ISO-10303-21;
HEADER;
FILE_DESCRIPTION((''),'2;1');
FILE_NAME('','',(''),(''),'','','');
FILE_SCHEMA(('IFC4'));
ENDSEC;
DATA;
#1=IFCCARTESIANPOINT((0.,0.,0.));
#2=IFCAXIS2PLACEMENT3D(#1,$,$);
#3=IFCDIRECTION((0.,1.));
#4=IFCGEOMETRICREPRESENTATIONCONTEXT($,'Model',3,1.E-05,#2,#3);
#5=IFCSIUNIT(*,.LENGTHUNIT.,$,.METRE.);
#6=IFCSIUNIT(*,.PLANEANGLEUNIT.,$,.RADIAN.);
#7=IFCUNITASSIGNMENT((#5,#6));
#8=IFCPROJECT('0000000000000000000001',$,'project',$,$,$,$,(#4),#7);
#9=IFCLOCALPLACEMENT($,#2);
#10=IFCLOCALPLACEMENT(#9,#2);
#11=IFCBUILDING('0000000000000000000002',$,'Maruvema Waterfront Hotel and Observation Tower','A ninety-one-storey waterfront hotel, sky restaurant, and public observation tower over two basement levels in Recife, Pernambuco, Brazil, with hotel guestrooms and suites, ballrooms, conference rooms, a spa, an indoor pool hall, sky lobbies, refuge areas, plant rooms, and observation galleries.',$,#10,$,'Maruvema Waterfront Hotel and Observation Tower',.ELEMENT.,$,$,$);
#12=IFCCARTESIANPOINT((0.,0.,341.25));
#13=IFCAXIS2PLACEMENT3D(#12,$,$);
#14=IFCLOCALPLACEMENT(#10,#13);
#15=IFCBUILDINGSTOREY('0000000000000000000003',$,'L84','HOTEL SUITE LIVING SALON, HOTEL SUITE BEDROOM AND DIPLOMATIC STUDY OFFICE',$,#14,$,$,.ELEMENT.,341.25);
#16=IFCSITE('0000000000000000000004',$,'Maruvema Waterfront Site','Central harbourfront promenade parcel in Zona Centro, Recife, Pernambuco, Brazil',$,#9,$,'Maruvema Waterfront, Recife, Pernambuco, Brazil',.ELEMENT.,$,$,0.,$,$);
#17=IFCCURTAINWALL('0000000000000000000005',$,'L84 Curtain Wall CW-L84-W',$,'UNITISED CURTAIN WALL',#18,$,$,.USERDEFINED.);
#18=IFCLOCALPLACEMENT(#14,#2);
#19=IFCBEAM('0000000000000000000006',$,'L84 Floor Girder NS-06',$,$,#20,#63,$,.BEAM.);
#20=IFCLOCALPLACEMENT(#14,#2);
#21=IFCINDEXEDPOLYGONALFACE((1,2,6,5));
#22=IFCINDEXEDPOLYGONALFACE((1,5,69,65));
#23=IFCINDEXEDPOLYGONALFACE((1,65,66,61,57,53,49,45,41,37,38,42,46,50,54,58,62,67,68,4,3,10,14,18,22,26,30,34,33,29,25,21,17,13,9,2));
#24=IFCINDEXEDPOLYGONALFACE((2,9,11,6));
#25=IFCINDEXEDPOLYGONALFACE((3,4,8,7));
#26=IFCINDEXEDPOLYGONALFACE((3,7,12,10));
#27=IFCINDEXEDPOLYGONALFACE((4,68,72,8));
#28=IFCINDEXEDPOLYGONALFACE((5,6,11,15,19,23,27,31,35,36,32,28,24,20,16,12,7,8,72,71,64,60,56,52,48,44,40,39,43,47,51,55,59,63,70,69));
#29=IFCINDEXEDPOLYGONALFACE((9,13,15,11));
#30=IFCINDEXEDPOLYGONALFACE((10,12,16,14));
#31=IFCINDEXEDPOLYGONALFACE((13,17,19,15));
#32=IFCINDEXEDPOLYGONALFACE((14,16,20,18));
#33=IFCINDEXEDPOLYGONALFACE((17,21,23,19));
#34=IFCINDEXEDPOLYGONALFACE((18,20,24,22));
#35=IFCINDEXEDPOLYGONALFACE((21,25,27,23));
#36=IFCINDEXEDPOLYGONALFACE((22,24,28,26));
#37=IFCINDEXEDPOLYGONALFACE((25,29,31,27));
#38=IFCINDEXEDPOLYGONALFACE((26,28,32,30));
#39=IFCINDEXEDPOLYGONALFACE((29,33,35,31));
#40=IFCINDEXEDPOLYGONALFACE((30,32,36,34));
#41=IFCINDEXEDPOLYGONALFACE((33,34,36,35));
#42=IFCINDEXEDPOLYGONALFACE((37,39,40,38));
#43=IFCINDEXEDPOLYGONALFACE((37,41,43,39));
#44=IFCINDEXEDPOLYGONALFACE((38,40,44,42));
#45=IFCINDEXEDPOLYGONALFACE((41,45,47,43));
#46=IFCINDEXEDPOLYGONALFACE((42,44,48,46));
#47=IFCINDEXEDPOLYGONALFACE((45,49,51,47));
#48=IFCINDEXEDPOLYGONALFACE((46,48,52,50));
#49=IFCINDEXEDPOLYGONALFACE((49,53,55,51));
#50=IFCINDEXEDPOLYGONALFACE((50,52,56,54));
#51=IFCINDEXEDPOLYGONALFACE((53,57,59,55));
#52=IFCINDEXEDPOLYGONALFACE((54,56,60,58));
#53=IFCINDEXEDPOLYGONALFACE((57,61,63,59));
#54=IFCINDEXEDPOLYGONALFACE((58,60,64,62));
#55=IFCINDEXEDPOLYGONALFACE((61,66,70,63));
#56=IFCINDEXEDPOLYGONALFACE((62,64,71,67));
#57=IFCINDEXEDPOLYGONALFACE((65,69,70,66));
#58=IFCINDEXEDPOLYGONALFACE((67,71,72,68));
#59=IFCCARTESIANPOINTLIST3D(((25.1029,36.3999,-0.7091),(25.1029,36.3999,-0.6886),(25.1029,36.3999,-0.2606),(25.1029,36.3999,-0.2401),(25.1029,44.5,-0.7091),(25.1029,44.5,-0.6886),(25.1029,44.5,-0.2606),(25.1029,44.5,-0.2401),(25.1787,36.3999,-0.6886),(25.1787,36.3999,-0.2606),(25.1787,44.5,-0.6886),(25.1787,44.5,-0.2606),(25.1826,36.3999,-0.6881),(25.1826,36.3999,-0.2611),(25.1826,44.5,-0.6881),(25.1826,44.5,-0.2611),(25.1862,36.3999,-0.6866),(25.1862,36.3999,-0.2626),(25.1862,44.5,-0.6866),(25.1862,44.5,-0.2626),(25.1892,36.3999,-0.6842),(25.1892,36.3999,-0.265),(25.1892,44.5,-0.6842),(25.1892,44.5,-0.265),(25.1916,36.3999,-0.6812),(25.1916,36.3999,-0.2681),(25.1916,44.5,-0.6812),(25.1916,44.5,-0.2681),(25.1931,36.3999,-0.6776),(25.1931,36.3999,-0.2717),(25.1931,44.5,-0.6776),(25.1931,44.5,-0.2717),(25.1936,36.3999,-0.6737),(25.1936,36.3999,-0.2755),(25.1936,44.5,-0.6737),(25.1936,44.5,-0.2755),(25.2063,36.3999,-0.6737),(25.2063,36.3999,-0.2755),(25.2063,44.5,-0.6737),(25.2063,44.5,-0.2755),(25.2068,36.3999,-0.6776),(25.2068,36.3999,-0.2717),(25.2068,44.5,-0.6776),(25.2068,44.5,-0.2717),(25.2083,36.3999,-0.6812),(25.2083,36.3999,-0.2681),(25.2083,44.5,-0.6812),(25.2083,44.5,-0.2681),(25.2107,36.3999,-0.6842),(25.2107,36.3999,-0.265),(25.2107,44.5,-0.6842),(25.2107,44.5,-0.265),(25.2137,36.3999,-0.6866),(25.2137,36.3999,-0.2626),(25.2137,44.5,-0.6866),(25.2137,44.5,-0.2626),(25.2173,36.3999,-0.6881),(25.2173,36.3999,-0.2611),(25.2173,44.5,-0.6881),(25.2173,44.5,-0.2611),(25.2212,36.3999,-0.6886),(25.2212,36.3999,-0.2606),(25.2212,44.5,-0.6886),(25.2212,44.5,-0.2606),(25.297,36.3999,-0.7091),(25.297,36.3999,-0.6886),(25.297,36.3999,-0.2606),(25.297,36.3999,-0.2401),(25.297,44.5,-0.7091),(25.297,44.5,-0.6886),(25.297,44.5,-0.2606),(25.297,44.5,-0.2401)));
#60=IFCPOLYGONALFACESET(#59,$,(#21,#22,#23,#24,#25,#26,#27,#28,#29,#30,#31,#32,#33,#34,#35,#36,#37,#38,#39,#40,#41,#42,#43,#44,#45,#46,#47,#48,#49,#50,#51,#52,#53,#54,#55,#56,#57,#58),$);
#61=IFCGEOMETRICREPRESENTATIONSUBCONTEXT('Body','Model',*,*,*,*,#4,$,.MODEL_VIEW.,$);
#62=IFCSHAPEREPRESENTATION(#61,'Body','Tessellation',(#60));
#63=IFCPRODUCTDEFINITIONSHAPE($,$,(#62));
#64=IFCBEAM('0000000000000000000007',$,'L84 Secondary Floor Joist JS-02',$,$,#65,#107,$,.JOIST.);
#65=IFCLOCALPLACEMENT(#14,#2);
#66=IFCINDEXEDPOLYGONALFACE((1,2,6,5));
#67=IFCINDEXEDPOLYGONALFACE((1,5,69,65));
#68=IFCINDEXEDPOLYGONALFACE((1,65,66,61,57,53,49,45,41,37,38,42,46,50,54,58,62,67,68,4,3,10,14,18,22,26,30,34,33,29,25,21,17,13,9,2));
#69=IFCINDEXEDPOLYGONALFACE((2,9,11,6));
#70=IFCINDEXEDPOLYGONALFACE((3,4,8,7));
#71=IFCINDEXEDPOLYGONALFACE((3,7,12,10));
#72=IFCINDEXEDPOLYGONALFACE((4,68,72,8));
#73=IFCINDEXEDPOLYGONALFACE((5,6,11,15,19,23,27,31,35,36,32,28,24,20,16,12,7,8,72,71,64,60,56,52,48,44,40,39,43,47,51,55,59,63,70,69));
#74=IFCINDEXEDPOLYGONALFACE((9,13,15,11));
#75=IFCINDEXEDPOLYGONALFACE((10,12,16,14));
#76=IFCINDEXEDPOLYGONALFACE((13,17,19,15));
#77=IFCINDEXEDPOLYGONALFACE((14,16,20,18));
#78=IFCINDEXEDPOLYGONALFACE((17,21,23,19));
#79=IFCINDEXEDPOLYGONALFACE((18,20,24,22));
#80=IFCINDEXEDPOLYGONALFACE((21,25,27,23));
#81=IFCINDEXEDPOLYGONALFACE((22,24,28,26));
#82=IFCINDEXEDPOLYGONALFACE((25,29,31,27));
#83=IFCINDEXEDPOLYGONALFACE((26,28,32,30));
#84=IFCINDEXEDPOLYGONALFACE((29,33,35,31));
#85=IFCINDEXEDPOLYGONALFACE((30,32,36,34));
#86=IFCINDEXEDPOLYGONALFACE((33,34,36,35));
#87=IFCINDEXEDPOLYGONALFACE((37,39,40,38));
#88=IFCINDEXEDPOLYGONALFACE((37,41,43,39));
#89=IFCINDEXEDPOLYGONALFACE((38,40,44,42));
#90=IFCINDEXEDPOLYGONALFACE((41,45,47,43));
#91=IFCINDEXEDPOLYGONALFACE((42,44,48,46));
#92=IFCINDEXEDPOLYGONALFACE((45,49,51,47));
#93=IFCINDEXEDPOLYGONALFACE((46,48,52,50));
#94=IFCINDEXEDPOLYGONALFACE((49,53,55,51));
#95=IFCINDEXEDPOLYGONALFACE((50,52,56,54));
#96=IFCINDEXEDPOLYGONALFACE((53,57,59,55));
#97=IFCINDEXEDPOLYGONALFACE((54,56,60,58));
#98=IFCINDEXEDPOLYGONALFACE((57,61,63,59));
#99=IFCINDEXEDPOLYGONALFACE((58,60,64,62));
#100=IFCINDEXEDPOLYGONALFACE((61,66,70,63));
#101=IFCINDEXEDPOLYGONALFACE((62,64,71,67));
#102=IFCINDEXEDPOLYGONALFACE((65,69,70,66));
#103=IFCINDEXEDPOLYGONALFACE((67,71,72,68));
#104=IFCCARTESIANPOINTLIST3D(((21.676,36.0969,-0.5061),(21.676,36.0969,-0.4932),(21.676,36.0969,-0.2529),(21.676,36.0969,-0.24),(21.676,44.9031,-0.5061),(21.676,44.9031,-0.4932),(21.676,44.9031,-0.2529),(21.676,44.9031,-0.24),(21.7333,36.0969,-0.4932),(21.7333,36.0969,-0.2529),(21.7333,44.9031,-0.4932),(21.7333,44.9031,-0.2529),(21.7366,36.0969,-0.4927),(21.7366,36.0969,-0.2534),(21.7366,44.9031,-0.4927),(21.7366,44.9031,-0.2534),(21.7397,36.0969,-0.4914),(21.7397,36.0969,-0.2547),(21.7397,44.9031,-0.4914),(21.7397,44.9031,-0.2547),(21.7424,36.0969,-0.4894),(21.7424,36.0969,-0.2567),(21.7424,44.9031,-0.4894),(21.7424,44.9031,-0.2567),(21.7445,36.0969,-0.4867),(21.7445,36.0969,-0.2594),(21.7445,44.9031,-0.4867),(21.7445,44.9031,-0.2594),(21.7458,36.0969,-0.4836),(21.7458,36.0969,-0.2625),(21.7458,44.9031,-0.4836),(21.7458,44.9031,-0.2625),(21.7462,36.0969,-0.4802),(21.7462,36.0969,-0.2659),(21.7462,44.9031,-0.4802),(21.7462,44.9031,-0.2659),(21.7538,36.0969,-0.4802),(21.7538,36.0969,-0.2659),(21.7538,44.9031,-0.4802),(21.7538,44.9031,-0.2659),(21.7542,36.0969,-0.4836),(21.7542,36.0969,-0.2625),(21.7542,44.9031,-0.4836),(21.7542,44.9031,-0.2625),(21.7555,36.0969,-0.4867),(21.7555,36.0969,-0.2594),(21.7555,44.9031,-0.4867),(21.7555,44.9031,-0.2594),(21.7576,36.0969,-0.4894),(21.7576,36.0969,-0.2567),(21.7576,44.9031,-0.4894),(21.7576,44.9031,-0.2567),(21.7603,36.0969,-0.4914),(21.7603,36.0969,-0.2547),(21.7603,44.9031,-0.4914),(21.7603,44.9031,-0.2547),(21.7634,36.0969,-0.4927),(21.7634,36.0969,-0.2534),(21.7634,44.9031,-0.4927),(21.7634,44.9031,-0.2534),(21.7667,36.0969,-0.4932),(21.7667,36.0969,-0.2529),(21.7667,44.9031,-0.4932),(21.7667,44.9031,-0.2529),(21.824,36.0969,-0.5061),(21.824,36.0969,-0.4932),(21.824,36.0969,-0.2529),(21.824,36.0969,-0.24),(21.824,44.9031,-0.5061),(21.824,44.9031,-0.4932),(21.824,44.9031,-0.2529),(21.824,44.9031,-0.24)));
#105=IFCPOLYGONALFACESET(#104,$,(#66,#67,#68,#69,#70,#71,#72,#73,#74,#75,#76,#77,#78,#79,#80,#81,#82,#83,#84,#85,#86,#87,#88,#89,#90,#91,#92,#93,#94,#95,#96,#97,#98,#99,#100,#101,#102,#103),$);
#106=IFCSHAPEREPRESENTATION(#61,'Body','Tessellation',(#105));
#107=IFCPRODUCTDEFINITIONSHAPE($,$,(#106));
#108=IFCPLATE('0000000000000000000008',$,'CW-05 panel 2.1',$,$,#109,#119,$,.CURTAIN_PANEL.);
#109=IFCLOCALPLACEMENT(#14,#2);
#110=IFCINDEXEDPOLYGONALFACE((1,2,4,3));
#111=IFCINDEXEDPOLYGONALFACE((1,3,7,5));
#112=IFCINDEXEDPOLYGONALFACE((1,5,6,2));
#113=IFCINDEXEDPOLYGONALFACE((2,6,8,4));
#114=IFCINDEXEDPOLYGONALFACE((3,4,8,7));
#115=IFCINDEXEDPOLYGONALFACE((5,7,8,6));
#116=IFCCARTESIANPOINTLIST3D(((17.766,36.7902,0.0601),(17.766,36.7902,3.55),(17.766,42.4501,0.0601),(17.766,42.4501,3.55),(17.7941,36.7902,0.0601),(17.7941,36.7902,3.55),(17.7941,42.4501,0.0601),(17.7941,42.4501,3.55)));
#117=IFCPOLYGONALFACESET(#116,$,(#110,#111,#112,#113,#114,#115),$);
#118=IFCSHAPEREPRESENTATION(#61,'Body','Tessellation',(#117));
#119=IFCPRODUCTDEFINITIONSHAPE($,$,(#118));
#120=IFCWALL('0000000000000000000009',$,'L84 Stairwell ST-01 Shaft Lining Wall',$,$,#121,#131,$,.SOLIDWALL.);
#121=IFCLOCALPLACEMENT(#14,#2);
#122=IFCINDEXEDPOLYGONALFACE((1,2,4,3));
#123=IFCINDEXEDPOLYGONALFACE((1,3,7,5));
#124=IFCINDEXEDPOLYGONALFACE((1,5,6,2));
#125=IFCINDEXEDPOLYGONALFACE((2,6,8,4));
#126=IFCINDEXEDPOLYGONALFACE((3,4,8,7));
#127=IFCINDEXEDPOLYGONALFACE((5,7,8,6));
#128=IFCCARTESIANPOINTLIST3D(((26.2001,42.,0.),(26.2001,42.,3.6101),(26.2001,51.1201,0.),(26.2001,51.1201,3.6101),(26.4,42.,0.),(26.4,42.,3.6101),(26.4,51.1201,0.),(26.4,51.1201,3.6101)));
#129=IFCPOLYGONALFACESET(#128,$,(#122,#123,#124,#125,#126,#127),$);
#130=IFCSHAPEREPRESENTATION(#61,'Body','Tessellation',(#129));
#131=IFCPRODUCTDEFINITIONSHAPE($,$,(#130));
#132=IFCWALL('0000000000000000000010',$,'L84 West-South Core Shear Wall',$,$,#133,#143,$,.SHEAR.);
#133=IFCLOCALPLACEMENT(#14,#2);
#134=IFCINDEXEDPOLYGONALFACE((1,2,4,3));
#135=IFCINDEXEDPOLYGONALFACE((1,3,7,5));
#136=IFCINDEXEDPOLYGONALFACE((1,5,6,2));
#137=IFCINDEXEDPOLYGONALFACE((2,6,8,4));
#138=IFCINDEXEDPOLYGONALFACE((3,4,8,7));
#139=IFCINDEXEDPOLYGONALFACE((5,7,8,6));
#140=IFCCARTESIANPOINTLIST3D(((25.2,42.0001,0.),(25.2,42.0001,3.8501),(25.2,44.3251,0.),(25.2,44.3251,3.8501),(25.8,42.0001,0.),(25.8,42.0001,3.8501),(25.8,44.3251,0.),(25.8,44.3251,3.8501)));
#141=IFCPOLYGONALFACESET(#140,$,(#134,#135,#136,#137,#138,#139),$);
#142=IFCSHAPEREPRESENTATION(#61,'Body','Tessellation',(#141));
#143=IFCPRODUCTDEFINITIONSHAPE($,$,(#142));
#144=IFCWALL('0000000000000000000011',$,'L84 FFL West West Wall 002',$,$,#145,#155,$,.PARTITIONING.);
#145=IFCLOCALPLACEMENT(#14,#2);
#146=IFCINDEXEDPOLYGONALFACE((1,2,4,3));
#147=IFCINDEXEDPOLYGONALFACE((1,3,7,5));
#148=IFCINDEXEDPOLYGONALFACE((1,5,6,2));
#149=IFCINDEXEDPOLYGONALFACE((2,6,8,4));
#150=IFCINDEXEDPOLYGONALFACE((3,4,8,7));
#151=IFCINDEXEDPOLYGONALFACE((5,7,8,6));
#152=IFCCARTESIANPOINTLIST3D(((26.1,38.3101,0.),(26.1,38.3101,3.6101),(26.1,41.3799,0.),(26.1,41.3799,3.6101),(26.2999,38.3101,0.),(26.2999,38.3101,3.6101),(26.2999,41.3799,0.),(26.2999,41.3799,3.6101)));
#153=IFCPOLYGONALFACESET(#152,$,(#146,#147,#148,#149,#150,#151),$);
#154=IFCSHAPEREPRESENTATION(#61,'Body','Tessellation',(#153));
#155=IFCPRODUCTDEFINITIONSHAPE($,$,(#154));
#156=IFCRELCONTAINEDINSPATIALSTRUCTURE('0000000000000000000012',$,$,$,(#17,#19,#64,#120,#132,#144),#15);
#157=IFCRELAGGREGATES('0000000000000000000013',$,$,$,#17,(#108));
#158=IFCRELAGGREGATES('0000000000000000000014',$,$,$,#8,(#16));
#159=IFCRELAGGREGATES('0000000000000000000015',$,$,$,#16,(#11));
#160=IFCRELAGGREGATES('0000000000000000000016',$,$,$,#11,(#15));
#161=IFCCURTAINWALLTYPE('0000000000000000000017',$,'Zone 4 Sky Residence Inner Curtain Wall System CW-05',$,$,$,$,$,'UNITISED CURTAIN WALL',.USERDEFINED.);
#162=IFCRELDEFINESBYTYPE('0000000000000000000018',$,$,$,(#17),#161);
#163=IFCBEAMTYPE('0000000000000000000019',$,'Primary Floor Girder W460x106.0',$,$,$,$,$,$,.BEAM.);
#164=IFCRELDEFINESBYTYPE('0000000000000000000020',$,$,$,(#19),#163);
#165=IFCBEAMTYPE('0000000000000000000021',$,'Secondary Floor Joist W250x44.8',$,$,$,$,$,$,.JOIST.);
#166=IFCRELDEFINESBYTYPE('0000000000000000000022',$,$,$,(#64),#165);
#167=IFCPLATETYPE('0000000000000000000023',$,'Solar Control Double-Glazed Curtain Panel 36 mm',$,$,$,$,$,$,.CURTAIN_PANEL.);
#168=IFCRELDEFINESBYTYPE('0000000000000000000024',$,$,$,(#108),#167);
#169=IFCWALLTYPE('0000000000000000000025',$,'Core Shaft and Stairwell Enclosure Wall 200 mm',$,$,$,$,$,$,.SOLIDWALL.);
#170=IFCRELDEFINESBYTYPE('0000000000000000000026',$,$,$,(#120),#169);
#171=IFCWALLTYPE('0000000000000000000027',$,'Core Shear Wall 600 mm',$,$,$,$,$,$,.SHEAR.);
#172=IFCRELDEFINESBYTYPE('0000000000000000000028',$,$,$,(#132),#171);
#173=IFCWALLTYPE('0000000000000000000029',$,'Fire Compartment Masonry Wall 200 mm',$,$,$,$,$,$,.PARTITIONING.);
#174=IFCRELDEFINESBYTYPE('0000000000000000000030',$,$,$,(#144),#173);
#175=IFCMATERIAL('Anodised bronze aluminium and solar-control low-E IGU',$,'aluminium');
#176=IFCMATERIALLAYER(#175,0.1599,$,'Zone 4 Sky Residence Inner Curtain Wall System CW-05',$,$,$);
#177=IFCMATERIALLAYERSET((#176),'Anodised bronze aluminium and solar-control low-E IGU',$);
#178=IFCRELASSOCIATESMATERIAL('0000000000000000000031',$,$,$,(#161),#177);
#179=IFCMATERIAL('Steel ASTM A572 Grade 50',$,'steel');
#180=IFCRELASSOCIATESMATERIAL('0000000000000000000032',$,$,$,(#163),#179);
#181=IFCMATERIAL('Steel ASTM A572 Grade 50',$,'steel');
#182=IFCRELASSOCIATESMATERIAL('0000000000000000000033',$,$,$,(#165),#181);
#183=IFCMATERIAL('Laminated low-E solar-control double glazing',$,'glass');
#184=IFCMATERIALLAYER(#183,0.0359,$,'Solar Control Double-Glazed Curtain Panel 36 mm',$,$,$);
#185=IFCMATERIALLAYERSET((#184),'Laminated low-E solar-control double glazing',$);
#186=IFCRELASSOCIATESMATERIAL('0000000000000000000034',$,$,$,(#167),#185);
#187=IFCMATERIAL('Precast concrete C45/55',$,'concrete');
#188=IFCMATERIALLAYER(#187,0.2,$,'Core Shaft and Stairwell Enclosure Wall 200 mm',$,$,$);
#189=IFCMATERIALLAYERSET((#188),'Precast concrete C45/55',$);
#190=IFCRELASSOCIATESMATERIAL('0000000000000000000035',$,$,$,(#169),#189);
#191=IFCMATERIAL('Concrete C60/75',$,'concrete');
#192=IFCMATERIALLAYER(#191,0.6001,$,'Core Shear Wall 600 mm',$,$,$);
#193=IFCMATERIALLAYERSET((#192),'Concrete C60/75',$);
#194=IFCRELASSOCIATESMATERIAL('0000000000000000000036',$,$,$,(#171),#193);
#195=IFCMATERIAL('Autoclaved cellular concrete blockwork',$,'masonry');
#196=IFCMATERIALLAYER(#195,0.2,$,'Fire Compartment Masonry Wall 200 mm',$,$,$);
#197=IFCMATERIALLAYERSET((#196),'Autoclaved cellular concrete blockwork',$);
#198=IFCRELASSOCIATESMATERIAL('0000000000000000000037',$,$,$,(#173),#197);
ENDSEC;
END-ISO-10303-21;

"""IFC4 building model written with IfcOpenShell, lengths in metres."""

from ifc_helpers import new_model, si_unit, direction, frame, frame_2d, origin, origin_2d, place, context, subcontext, project, spatial, rectangle, i_section, extrude, material, layer, layer_set, material_profile, profile_set, type_object, element, aggregate, save


model = new_model("IFC4")

# Units and contexts
model_context = context("Model", 3, precision=1e-05, world=origin(), true_north=direction((0.0, 1.0)))
body_context = subcontext(model_context, "Body", "Model", "MODEL_VIEW")
ifc_project = project(units=[si_unit("LENGTHUNIT", "METRE"), si_unit("PLANEANGLEUNIT", "RADIAN")], contexts=[model_context])

# Site, building, storey
site_placement = place(None, origin())
site = spatial("IfcSite", under=ifc_project, at=site_placement, Name="Maruvema Waterfront Site", Description="Central harbourfront promenade parcel in Zona Centro, Recife, Pernambuco, Brazil", LongName="Maruvema Waterfront, Recife, Pernambuco, Brazil", CompositionType="ELEMENT", RefElevation=0.0)
building_placement = place(site_placement, origin())
building = spatial("IfcBuilding", under=site, at=building_placement, Name="Maruvema Waterfront Hotel and Observation Tower", Description="A ninety-one-storey waterfront hotel, sky restaurant, and public observation tower over two basement levels in Recife, Pernambuco, Brazil, with hotel guestrooms and suites, ballrooms, conference rooms, a spa, an indoor pool hall, sky lobbies, refuge areas, plant rooms, and observation galleries.", LongName="Maruvema Waterfront Hotel and Observation Tower", CompositionType="ELEMENT")
storey_placement = place(building_placement, frame((0.0, 0.0, 341.25)))
storey = spatial("IfcBuildingStorey", under=building, at=storey_placement, Name="L84", Description="HOTEL SUITE LIVING SALON, HOTEL SUITE BEDROOM AND DIPLOMATIC STUDY OFFICE", CompositionType="ELEMENT", Elevation=341.25)

# Curtain wall
ifc_material_1 = material(Name="Anodised bronze aluminium and solar-control low-E IGU", Category="aluminium")
ifc_layer_1 = layer(ifc_material_1, 0.1599, Name="Zone 4 Sky Residence Inner Curtain Wall System CW-05")
ifc_layer_set_1 = layer_set([ifc_layer_1], Name="Anodised bronze aluminium and solar-control low-E IGU")
curtain_wall_type = type_object("IfcCurtainWallType", Name="Zone 4 Sky Residence Inner Curtain Wall System CW-05", ElementType="UNITISED CURTAIN WALL", PredefinedType="USERDEFINED", material=ifc_layer_set_1)
curtain_wall_placement = place(storey_placement, origin())
curtain_wall = element("IfcCurtainWall", 1, at=curtain_wall_placement, inside=storey, type_object=curtain_wall_type, Name="L84 Curtain Wall CW-L84-W", ObjectType="UNITISED CURTAIN WALL", PredefinedType="USERDEFINED")

# Beams
ifc_material_2 = material(Name="Steel ASTM A572 Grade 50", Category="steel")
ifc_material_profile_1 = material_profile(ifc_material_2, i_section(OverallWidth=0.1941, OverallDepth=0.469, WebThickness=0.0127, FlangeThickness=0.0205, FilletRadius=0.0149, at=origin_2d()), Name="W460x106.0")
ifc_profile_set_1 = profile_set([ifc_material_profile_1], Name="Steel ASTM A572 Grade 50")
beam_type_1 = type_object("IfcBeamType", Name="Primary Floor Girder W460x106.0", PredefinedType="BEAM", material=ifc_profile_set_1)
beam_1_placement = place(storey_placement, frame((25.2, 36.3999, -0.4746), z_axis=(0.0, 1.0, 0.0), x_axis=(-1.0, 0.0, 0.0)))
element("IfcBeam", 2, at=beam_1_placement, inside=storey, type_object=beam_type_1, Name="L84 Floor Girder NS-06", PredefinedType="BEAM", context=body_context, shape_type="SweptSolid", body=[
    extrude(i_section(OverallWidth=0.1941, OverallDepth=0.469, WebThickness=0.0127, FlangeThickness=0.0205, FilletRadius=0.0149, at=origin_2d()), origin(), (0.0, 0.0, 1.0), 8.1001),
])
ifc_material_3 = material(Name="Steel ASTM A572 Grade 50", Category="steel")
ifc_material_profile_2 = material_profile(ifc_material_3, i_section(OverallWidth=0.1479, OverallDepth=0.2661, WebThickness=0.0076, FlangeThickness=0.0129, FilletRadius=0.0129, at=origin_2d()), Name="W250x44.8")
ifc_profile_set_2 = profile_set([ifc_material_profile_2], Name="Steel ASTM A572 Grade 50")
beam_type_2 = type_object("IfcBeamType", Name="Secondary Floor Joist W250x44.8", PredefinedType="JOIST", material=ifc_profile_set_2)
beam_2_placement = place(storey_placement, frame((21.75, 36.0969, -0.373), z_axis=(0.0, 1.0, 0.0), x_axis=(-1.0, 0.0, 0.0)))
element("IfcBeam", 3, at=beam_2_placement, inside=storey, type_object=beam_type_2, Name="L84 Secondary Floor Joist JS-02", PredefinedType="JOIST", context=body_context, shape_type="SweptSolid", body=[
    extrude(i_section(OverallWidth=0.1479, OverallDepth=0.2661, WebThickness=0.0076, FlangeThickness=0.0129, FilletRadius=0.0129, at=origin_2d()), origin(), (0.0, 0.0, 1.0), 8.8062),
])

# Plate
ifc_material_4 = material(Name="Laminated low-E solar-control double glazing", Category="glass")
ifc_layer_2 = layer(ifc_material_4, 0.0359, Name="Solar Control Double-Glazed Curtain Panel 36 mm")
ifc_layer_set_2 = layer_set([ifc_layer_2], Name="Laminated low-E solar-control double glazing")
plate_type = type_object("IfcPlateType", Name="Solar Control Double-Glazed Curtain Panel 36 mm", PredefinedType="CURTAIN_PANEL", material=ifc_layer_set_2)
plate_placement = place(storey_placement, frame((17.78, 39.6201, 0.0601), z_axis=(0.0, 0.0, 1.0), x_axis=(0.0, -1.0, 0.0)))
plate = element("IfcPlate", 4, at=plate_placement, type_object=plate_type, Name="CW-05 panel 2.1", PredefinedType="CURTAIN_PANEL", context=body_context, shape_type="SweptSolid", body=[
    extrude(rectangle(XDim=5.6599, YDim=0.0281, at=origin_2d()), origin(), (0.0, 0.0, 1.0), 3.49),
])
aggregate(curtain_wall, [plate])

# Wall
ifc_material_5 = material(Name="Precast concrete C45/55", Category="concrete")
ifc_layer_3 = layer(ifc_material_5, 0.2, Name="Core Shaft and Stairwell Enclosure Wall 200 mm")
ifc_layer_set_3 = layer_set([ifc_layer_3], Name="Precast concrete C45/55")
wall_type_1 = type_object("IfcWallType", Name="Core Shaft and Stairwell Enclosure Wall 200 mm", PredefinedType="SOLIDWALL", material=ifc_layer_set_3)
wall_1_placement = place(storey_placement, frame((26.3, 42.0, 0.0), z_axis=(0.0, 0.0, 1.0), x_axis=(0.0, 1.0, 0.0)))
element("IfcWall", 5, at=wall_1_placement, inside=storey, type_object=wall_type_1, Name="L84 Stairwell ST-01 Shaft Lining Wall", PredefinedType="SOLIDWALL", context=body_context, shape_type="SweptSolid", body=[
    extrude(rectangle(XDim=9.1201, YDim=0.2, at=frame_2d((4.5601, 0.0))), origin(), (0.0, 0.0, 1.0), 3.6101),
])

# Shared definitions
ifc_material_6 = material(Name="Concrete C60/75", Category="concrete")
ifc_layer_4 = layer(ifc_material_6, 0.6001, Name="Core Shear Wall 600 mm")
ifc_layer_set_4 = layer_set([ifc_layer_4], Name="Concrete C60/75")
wall_type_2 = type_object("IfcWallType", Name="Core Shear Wall 600 mm", PredefinedType="SHEAR", material=ifc_layer_set_4)

# Wall
wall_2_placement = place(storey_placement, frame((25.5, 42.0, 0.0), z_axis=(0.0, 0.0, 1.0), x_axis=(0.0, 1.0, 0.0)))
element("IfcWall", 6, at=wall_2_placement, inside=storey, type_object=wall_type_2, Name="L84 West-South Core Shear Wall", PredefinedType="SHEAR", context=body_context, shape_type="SweptSolid", body=[
    extrude(rectangle(XDim=2.325, YDim=0.6001, at=frame_2d((1.1626, 0.0))), origin(), (0.0, 0.0, 1.0), 3.8501),
])

# Shared definitions
ifc_material_7 = material(Name="Autoclaved cellular concrete blockwork", Category="masonry")
ifc_layer_5 = layer(ifc_material_7, 0.2, Name="Fire Compartment Masonry Wall 200 mm")
ifc_layer_set_5 = layer_set([ifc_layer_5], Name="Autoclaved cellular concrete blockwork")
wall_type_3 = type_object("IfcWallType", Name="Fire Compartment Masonry Wall 200 mm", PredefinedType="PARTITIONING", material=ifc_layer_set_5)

# Wall
wall_3_placement = place(storey_placement, frame((26.2, 38.3101, 0.0), z_axis=(0.0, 0.0, 1.0), x_axis=(0.0, 1.0, 0.0)))
element("IfcWall", 7, at=wall_3_placement, inside=storey, type_object=wall_type_3, Name="L84 FFL West West Wall 002", PredefinedType="PARTITIONING", context=body_context, shape_type="SweptSolid", body=[
    extrude(rectangle(XDim=3.0698, YDim=0.2, at=frame_2d((1.5349, 0.0))), origin(), (0.0, 0.0, 1.0), 3.6101),
])

save(model, "model.ifc")
